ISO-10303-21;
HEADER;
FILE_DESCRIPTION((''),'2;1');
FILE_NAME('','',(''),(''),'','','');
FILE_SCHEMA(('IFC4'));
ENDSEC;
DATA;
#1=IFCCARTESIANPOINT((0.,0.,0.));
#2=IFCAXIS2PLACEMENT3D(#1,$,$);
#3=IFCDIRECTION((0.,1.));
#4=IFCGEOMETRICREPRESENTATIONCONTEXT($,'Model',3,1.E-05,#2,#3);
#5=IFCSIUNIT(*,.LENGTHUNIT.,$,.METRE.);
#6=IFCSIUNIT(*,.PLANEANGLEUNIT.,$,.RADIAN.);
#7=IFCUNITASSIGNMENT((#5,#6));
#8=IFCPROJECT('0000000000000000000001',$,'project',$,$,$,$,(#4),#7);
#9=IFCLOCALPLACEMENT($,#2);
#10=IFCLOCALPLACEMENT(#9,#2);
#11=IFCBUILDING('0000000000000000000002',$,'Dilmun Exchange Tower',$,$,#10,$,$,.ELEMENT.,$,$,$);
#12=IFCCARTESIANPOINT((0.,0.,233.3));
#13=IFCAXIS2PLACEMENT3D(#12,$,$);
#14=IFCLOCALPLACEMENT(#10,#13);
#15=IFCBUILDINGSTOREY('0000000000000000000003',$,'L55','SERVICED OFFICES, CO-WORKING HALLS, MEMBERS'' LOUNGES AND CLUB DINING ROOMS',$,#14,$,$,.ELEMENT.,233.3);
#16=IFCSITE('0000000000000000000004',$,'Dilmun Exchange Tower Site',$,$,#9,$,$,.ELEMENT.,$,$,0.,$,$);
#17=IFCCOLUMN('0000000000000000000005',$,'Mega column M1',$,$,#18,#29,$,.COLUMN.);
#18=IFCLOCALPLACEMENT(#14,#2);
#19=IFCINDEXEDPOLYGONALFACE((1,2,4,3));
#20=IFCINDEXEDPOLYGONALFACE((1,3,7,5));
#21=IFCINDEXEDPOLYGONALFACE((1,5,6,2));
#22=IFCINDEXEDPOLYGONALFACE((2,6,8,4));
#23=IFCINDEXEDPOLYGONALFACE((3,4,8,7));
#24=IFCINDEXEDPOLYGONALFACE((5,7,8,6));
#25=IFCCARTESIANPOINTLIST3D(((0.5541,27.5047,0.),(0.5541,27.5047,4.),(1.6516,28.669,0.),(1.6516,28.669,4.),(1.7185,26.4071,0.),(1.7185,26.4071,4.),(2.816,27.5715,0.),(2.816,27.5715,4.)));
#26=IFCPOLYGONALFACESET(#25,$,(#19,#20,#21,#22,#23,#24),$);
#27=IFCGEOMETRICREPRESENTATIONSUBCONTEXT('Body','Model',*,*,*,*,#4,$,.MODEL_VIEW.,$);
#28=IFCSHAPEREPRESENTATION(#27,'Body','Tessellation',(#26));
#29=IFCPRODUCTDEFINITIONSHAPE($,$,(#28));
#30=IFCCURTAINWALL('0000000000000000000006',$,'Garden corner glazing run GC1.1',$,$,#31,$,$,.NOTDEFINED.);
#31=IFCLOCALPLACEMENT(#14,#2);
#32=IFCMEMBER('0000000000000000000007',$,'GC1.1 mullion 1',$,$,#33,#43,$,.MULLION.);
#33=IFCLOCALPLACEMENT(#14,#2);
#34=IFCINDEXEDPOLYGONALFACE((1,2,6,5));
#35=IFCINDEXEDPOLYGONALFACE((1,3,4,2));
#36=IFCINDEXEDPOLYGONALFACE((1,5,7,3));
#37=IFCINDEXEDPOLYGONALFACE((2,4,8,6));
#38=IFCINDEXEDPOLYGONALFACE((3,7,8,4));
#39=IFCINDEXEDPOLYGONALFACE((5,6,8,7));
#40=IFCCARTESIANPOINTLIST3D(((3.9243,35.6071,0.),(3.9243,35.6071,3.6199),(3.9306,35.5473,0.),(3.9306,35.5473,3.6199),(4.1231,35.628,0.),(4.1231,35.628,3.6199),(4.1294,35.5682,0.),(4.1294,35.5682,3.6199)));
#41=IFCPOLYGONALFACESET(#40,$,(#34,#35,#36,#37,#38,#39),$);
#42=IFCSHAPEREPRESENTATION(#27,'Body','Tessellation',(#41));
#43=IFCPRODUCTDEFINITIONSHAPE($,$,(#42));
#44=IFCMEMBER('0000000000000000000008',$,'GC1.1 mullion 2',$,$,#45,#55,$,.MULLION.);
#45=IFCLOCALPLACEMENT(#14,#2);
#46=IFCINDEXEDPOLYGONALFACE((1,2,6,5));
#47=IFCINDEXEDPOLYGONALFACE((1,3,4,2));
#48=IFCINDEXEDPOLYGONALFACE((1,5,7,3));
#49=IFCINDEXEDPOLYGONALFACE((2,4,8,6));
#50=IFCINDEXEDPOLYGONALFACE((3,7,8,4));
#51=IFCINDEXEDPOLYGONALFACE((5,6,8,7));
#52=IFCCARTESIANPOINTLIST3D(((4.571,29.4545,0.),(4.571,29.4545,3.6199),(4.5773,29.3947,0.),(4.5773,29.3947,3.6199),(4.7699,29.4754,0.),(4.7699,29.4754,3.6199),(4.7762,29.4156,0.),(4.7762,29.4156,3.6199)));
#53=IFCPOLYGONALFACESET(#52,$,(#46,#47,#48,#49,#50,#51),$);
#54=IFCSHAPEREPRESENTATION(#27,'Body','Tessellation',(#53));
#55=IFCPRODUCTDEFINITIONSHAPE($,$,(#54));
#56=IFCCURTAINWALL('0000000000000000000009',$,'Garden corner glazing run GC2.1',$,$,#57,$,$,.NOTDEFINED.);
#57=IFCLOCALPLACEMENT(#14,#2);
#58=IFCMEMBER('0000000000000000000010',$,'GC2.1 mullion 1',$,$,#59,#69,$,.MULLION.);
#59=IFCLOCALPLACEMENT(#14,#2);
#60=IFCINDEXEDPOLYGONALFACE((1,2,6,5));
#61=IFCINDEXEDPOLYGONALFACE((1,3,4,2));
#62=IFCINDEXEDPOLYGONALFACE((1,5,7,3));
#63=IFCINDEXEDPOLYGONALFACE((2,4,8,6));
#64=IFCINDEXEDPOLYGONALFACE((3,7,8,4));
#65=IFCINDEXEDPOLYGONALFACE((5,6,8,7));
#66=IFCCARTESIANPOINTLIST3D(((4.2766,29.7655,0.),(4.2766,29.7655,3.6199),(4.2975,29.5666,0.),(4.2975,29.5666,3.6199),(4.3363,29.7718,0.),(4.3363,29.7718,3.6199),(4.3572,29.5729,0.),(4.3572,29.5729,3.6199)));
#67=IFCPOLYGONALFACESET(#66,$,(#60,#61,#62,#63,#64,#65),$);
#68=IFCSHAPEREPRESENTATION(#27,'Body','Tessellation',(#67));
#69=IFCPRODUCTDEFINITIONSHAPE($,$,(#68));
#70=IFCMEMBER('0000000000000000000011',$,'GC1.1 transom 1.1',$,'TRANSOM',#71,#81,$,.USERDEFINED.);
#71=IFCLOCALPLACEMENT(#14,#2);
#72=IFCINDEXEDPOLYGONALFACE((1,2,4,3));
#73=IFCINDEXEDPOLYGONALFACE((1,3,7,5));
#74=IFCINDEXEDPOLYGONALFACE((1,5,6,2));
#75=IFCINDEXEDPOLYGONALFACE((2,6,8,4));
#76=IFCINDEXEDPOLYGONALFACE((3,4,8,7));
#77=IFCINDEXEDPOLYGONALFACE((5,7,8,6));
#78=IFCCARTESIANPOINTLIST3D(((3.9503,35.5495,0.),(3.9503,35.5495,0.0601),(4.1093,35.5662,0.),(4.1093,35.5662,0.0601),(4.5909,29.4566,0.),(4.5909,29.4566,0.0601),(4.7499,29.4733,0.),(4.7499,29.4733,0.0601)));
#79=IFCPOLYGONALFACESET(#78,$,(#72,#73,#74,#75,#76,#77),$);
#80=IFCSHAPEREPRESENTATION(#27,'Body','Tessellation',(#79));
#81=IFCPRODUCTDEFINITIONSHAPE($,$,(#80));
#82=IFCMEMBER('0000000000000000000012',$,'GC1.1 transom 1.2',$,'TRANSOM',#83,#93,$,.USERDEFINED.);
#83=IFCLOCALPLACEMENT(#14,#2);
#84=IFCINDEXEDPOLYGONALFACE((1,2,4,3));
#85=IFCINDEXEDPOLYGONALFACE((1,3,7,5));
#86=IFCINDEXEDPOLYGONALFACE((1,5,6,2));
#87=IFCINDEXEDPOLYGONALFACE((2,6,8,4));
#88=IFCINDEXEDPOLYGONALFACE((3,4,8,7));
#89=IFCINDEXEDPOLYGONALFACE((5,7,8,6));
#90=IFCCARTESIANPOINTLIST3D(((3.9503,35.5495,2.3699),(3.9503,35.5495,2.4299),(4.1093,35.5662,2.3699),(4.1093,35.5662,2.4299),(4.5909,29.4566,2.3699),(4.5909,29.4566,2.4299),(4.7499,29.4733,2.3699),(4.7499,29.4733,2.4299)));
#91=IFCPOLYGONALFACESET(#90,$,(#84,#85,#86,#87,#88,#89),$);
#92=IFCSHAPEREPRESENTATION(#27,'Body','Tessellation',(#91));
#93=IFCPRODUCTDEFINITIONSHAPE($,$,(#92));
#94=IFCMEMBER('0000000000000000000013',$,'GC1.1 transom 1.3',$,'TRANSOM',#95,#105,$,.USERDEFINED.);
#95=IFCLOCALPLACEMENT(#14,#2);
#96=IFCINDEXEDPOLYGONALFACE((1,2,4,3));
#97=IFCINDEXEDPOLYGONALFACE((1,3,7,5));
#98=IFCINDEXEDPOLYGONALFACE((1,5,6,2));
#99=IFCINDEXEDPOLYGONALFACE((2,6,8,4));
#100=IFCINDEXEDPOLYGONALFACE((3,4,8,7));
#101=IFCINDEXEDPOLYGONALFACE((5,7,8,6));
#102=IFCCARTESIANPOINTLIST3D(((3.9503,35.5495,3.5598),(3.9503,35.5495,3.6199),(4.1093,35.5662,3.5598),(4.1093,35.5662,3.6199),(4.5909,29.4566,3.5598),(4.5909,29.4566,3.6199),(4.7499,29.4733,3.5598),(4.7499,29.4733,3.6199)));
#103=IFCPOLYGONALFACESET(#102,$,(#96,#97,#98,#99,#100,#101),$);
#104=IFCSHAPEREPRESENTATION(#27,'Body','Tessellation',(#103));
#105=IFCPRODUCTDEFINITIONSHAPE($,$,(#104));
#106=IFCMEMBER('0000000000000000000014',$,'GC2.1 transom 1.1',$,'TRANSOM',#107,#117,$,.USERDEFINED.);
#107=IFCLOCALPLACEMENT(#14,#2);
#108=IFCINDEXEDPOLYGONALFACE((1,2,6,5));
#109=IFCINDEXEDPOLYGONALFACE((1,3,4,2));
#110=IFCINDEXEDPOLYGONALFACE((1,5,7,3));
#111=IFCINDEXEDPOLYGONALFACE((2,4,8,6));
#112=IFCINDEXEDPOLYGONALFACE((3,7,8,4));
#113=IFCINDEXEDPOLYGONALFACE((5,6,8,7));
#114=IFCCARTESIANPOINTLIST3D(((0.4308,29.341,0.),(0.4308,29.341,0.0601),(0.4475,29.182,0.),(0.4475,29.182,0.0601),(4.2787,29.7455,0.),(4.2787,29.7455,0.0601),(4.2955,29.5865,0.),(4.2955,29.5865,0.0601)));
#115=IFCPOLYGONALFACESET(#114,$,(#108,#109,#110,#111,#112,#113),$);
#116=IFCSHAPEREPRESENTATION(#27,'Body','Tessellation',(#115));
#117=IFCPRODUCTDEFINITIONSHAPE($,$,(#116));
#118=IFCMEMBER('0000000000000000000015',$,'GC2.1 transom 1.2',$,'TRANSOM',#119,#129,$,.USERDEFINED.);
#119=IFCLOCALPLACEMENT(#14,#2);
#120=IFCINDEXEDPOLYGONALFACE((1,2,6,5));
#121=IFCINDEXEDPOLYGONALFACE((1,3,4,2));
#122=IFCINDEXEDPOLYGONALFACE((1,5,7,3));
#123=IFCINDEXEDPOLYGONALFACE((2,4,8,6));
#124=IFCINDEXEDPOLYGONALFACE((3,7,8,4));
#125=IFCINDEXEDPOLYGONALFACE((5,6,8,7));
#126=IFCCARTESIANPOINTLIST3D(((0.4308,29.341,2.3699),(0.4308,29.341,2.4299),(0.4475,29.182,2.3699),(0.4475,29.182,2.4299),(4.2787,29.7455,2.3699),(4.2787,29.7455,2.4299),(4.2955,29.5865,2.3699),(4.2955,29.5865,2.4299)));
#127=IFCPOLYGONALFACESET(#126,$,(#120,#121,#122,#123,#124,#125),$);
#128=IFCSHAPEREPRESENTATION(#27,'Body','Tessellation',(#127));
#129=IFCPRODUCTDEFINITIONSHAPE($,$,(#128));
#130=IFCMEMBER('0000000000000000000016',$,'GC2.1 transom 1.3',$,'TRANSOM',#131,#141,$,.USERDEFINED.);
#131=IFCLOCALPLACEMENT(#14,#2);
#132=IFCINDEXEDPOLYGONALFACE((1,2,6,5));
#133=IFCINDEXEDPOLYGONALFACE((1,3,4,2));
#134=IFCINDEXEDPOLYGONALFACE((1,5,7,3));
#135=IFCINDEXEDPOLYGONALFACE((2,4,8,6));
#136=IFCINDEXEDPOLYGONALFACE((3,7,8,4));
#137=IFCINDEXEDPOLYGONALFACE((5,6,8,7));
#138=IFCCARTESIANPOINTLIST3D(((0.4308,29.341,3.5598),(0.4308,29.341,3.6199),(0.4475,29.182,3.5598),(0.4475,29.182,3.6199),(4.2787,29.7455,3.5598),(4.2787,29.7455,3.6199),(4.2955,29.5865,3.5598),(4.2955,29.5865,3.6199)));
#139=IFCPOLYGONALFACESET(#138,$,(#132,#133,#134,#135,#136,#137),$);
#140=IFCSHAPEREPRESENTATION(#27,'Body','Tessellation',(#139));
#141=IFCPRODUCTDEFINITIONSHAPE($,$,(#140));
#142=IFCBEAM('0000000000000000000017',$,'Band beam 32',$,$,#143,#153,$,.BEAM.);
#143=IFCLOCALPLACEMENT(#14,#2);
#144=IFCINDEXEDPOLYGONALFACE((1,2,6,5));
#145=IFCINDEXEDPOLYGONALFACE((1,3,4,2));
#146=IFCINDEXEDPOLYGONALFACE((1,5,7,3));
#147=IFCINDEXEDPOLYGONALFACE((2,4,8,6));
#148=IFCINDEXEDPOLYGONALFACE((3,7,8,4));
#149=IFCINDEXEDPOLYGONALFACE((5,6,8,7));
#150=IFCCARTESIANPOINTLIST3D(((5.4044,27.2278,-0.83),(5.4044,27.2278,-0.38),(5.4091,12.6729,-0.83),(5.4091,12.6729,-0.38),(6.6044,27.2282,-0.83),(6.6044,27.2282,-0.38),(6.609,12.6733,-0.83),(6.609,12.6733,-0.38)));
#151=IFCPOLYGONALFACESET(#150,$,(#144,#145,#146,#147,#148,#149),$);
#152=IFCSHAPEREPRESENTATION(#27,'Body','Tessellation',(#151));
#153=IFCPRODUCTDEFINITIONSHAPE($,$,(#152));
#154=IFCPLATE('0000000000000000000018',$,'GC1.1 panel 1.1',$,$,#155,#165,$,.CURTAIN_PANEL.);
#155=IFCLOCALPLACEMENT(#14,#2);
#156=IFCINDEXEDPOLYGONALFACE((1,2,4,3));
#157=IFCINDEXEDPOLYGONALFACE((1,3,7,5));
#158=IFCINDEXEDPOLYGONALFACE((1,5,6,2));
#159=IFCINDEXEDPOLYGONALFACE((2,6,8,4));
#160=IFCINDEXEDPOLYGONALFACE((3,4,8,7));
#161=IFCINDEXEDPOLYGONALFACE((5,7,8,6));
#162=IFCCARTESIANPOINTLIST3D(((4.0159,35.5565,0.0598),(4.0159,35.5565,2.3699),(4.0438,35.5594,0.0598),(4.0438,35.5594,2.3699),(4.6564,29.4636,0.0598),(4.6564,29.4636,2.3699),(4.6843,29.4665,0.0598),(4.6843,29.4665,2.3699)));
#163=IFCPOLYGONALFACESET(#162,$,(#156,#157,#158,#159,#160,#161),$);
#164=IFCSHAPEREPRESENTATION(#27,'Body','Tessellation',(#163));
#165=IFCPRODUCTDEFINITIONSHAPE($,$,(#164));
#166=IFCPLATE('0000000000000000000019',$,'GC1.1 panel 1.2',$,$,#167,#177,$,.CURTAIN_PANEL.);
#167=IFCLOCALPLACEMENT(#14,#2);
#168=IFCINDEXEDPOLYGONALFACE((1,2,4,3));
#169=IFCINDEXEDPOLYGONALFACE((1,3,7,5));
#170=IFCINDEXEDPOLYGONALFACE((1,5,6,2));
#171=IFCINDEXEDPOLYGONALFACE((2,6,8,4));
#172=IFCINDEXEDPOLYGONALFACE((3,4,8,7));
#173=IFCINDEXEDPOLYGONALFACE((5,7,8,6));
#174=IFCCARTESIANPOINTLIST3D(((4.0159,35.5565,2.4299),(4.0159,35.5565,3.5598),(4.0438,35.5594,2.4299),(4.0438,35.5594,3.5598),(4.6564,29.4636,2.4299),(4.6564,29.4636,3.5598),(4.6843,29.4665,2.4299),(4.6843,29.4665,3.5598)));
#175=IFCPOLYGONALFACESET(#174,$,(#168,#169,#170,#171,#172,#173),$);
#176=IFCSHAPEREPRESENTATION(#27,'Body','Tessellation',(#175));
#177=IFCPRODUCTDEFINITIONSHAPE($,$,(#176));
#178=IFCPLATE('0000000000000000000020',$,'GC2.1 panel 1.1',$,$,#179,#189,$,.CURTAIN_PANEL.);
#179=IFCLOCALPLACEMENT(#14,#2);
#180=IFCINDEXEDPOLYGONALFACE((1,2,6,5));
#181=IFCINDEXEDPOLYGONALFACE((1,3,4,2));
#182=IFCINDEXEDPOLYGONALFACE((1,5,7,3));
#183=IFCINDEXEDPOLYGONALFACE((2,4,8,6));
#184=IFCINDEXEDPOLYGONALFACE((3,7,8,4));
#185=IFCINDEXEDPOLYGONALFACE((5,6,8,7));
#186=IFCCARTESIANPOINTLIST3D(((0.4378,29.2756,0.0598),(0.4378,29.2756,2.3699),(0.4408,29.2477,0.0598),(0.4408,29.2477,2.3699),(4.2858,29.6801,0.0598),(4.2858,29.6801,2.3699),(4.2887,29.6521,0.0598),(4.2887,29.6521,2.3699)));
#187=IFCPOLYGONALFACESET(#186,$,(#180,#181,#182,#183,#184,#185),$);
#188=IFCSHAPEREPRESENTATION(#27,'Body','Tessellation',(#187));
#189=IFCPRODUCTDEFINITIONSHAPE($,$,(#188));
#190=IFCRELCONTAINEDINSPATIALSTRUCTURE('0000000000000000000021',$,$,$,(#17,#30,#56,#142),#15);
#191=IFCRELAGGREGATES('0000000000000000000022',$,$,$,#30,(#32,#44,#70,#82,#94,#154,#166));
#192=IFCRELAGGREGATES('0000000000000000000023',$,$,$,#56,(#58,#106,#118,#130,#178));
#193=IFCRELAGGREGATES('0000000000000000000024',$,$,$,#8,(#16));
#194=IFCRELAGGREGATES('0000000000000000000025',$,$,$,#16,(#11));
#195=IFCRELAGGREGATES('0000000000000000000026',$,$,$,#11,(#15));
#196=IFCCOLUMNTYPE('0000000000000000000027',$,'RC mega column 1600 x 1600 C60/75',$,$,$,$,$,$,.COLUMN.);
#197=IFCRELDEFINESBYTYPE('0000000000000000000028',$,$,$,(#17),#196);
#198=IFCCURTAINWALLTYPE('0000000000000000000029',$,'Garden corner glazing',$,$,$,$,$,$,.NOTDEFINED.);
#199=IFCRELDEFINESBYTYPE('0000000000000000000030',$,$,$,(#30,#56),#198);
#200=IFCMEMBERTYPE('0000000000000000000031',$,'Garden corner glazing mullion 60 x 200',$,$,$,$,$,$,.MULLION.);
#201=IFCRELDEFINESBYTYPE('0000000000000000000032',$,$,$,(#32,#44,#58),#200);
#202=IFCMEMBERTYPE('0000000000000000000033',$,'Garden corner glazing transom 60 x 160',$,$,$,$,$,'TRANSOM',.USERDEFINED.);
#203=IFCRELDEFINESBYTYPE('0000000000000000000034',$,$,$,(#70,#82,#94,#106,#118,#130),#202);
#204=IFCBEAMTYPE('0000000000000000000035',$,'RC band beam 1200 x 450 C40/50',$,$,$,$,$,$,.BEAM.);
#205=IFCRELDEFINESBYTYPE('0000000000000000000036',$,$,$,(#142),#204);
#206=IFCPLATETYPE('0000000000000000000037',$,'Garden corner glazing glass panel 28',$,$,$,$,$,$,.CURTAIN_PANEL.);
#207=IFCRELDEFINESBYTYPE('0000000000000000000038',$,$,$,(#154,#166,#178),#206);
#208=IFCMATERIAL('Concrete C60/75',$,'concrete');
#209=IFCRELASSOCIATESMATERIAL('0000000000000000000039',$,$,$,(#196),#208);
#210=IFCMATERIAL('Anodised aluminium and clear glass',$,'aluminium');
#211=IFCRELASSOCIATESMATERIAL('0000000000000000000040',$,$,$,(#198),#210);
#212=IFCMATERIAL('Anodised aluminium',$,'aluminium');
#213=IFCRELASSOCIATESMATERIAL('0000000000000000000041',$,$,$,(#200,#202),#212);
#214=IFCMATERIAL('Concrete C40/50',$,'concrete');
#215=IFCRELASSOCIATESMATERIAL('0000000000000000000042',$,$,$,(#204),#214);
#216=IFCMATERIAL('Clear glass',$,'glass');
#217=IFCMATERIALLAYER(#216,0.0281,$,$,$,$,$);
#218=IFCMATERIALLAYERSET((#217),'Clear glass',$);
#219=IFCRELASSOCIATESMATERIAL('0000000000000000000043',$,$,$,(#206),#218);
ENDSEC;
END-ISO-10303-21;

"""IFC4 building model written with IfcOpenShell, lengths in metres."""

from ifc_helpers import new_model, si_unit, direction, frame, origin, origin_2d, place, context, subcontext, project, spatial, rectangle, extrude, material, layer, layer_set, material_profile, profile_set, type_object, element, aggregate, save


model = new_model("IFC4")

# Units and contexts
model_context = context("Model", 3, precision=1e-05, world=origin(), true_north=direction((0.0, 1.0)))
body_context = subcontext(model_context, "Body", "Model", "MODEL_VIEW")
ifc_project = project(units=[si_unit("LENGTHUNIT", "METRE"), si_unit("PLANEANGLEUNIT", "RADIAN")], contexts=[model_context])

# Site, building, storey
site_placement = place(None, origin())
site = spatial("IfcSite", under=ifc_project, at=site_placement, Name="Dilmun Exchange Tower Site", CompositionType="ELEMENT", RefElevation=0.0)
building_placement = place(site_placement, origin())
building = spatial("IfcBuilding", under=site, at=building_placement, Name="Dilmun Exchange Tower", CompositionType="ELEMENT")
storey_placement = place(building_placement, frame((0.0, 0.0, 233.3)))
storey = spatial("IfcBuildingStorey", under=building, at=storey_placement, Name="L55", Description="SERVICED OFFICES, CO-WORKING HALLS, MEMBERS' LOUNGES AND CLUB DINING ROOMS", CompositionType="ELEMENT", Elevation=233.3)

# Column
ifc_material_1 = material(Name="Concrete C60/75", Category="concrete")
ifc_material_profile_1 = material_profile(ifc_material_1, rectangle(XDim=1.6001, YDim=1.6001, at=origin_2d()), Name="1600 x 1600")
ifc_profile_set_1 = profile_set([ifc_material_profile_1], Name="Concrete C60/75")
column_type = type_object("IfcColumnType", Name="RC mega column 1600 x 1600 C60/75", PredefinedType="COLUMN", material=ifc_profile_set_1)
column_placement = place(storey_placement, frame((1.6851, 27.5381, 0.0), z_axis=(0.0, 0.0, 1.0), x_axis=(0.685916, 0.727681, 0.0)))
element("IfcColumn", 1, at=column_placement, inside=storey, type_object=column_type, Name="Mega column M1", PredefinedType="COLUMN", context=body_context, shape_type="SweptSolid", body=[
    extrude(rectangle(XDim=1.6001, YDim=1.6001, at=origin_2d()), origin(), (0.0, 0.0, 1.0), 4.0),
])

# Curtain wall, members
ifc_material_2 = material(Name="Anodised aluminium and clear glass", Category="aluminium")
curtain_wall_type = type_object("IfcCurtainWallType", Name="Garden corner glazing", PredefinedType="NOTDEFINED", material=ifc_material_2)
curtain_wall_1_placement = place(storey_placement, origin())
curtain_wall_1 = element("IfcCurtainWall", 2, at=curtain_wall_1_placement, inside=storey, type_object=curtain_wall_type, Name="Garden corner glazing run GC1.1", PredefinedType="NOTDEFINED")
ifc_material_3 = material(Name="Anodised aluminium", Category="aluminium")
ifc_material_profile_2 = material_profile(ifc_material_3, rectangle(XDim=0.2, YDim=0.0601, at=origin_2d()), Name="AL 60x200")
ifc_profile_set_2 = profile_set([ifc_material_profile_2], Name="Anodised aluminium")
member_type_1 = type_object("IfcMemberType", Name="Garden corner glazing mullion 60 x 200", PredefinedType="MULLION", material=ifc_profile_set_2)
member_1_placement = place(storey_placement, frame((4.0269, 35.5876, 0.0), z_axis=(0.0, 0.0, 1.0), x_axis=(0.994521, 0.10454, 0.0)))
member_1 = element("IfcMember", 3, at=member_1_placement, type_object=member_type_1, Name="GC1.1 mullion 1", PredefinedType="MULLION", context=body_context, shape_type="SweptSolid", body=[
    extrude(rectangle(XDim=0.2, YDim=0.0601, at=origin_2d()), origin(), (0.0, 0.0, 1.0), 3.6199),
])
member_2_placement = place(storey_placement, frame((4.6736, 29.4351, 0.0), z_axis=(0.0, 0.0, 1.0), x_axis=(0.994521, 0.10454, 0.0)))
member_2 = element("IfcMember", 4, at=member_2_placement, type_object=member_type_1, Name="GC1.1 mullion 2", PredefinedType="MULLION", context=body_context, shape_type="SweptSolid", body=[
    extrude(rectangle(XDim=0.2, YDim=0.0601, at=origin_2d()), origin(), (0.0, 0.0, 1.0), 3.6199),
])

# Curtain wall, member
curtain_wall_2_placement = place(storey_placement, origin())
curtain_wall_2 = element("IfcCurtainWall", 5, at=curtain_wall_2_placement, inside=storey, type_object=curtain_wall_type, Name="Garden corner glazing run GC2.1", PredefinedType="NOTDEFINED")
member_3_placement = place(storey_placement, frame((4.3169, 29.6692, 0.0), z_axis=(0.0, 0.0, 1.0), x_axis=(0.104536, -0.994521, 0.0)))
member_3 = element("IfcMember", 6, at=member_3_placement, type_object=member_type_1, Name="GC2.1 mullion 1", PredefinedType="MULLION", context=body_context, shape_type="SweptSolid", body=[
    extrude(rectangle(XDim=0.2, YDim=0.0601, at=origin_2d()), origin(), (0.0, 0.0, 1.0), 3.6199),
])

# Members
ifc_material_profile_3 = material_profile(ifc_material_3, rectangle(XDim=0.1599, YDim=0.0601, at=origin_2d()), Name="AL 60x160")
ifc_profile_set_3 = profile_set([ifc_material_profile_3], Name="Anodised aluminium")
member_type_2 = type_object("IfcMemberType", Name="Garden corner glazing transom 60 x 160", ElementType="TRANSOM", PredefinedType="USERDEFINED", material=ifc_profile_set_3)
member_4_placement = place(storey_placement, frame((4.0298, 35.5579, 0.03), z_axis=(0.104569, -0.994518, 0.0), x_axis=(0.994518, 0.104569, 0.0)))
member_4 = element("IfcMember", 7, at=member_4_placement, type_object=member_type_2, Name="GC1.1 transom 1.1", ObjectType="TRANSOM", PredefinedType="USERDEFINED", context=body_context, shape_type="SweptSolid", body=[
    extrude(rectangle(XDim=0.1599, YDim=0.0601, at=origin_2d()), origin(), (0.0, 0.0, 1.0), 6.1265),
])
member_5_placement = place(storey_placement, frame((4.0298, 35.5579, 2.3999), z_axis=(0.104569, -0.994518, 0.0), x_axis=(0.994518, 0.104569, 0.0)))
member_5 = element("IfcMember", 8, at=member_5_placement, type_object=member_type_2, Name="GC1.1 transom 1.2", ObjectType="TRANSOM", PredefinedType="USERDEFINED", context=body_context, shape_type="SweptSolid", body=[
    extrude(rectangle(XDim=0.1599, YDim=0.0601, at=origin_2d()), origin(), (0.0, 0.0, 1.0), 6.1265),
])
member_6_placement = place(storey_placement, frame((4.0298, 35.5579, 3.5898), z_axis=(0.104569, -0.994518, 0.0), x_axis=(0.994518, 0.104569, 0.0)))
member_6 = element("IfcMember", 9, at=member_6_placement, type_object=member_type_2, Name="GC1.1 transom 1.3", ObjectType="TRANSOM", PredefinedType="USERDEFINED", context=body_context, shape_type="SweptSolid", body=[
    extrude(rectangle(XDim=0.1599, YDim=0.0601, at=origin_2d()), origin(), (0.0, 0.0, 1.0), 6.1265),
])
member_7_placement = place(storey_placement, frame((4.2871, 29.666, 0.03), z_axis=(-0.994519, -0.104557, 0.0), x_axis=(0.104557, -0.994519, 0.0)))
member_7 = element("IfcMember", 10, at=member_7_placement, type_object=member_type_2, Name="GC2.1 transom 1.1", ObjectType="TRANSOM", PredefinedType="USERDEFINED", context=body_context, shape_type="SweptSolid", body=[
    extrude(rectangle(XDim=0.1599, YDim=0.0601, at=origin_2d()), origin(), (0.0, 0.0, 1.0), 3.8691),
])
member_8_placement = place(storey_placement, frame((4.2871, 29.666, 2.3999), z_axis=(-0.994519, -0.104557, 0.0), x_axis=(0.104557, -0.994519, 0.0)))
member_8 = element("IfcMember", 11, at=member_8_placement, type_object=member_type_2, Name="GC2.1 transom 1.2", ObjectType="TRANSOM", PredefinedType="USERDEFINED", context=body_context, shape_type="SweptSolid", body=[
    extrude(rectangle(XDim=0.1599, YDim=0.0601, at=origin_2d()), origin(), (0.0, 0.0, 1.0), 3.8691),
])
member_9_placement = place(storey_placement, frame((4.2871, 29.666, 3.5898), z_axis=(-0.994519, -0.104557, 0.0), x_axis=(0.104557, -0.994519, 0.0)))
member_9 = element("IfcMember", 12, at=member_9_placement, type_object=member_type_2, Name="GC2.1 transom 1.3", ObjectType="TRANSOM", PredefinedType="USERDEFINED", context=body_context, shape_type="SweptSolid", body=[
    extrude(rectangle(XDim=0.1599, YDim=0.0601, at=origin_2d()), origin(), (0.0, 0.0, 1.0), 3.8691),
])

# Beam
ifc_material_4 = material(Name="Concrete C40/50", Category="concrete")
ifc_material_profile_4 = material_profile(ifc_material_4, rectangle(XDim=1.2, YDim=0.45, at=origin_2d()), Name="1200 x 450")
ifc_profile_set_4 = profile_set([ifc_material_profile_4], Name="Concrete C40/50")
beam_type = type_object("IfcBeamType", Name="RC band beam 1200 x 450 C40/50", PredefinedType="BEAM", material=ifc_profile_set_4)
beam_placement = place(storey_placement, frame((6.0044, 27.228, -0.605), z_axis=(0.000319, -1.0, 0.0), x_axis=(1.0, 0.000319, 0.0)))
element("IfcBeam", 13, at=beam_placement, inside=storey, type_object=beam_type, Name="Band beam 32", PredefinedType="BEAM", context=body_context, shape_type="SweptSolid", body=[
    extrude(rectangle(XDim=1.2, YDim=0.45, at=origin_2d()), origin(), (0.0, 0.0, 1.0), 14.5549),
])

# Plates
ifc_material_5 = material(Name="Clear glass", Category="glass")
ifc_layer = layer(ifc_material_5, 0.0281)
ifc_layer_set = layer_set([ifc_layer], Name="Clear glass")
plate_type = type_object("IfcPlateType", Name="Garden corner glazing glass panel 28", PredefinedType="CURTAIN_PANEL", material=ifc_layer_set)
plate_1_placement = place(storey_placement, frame((4.3501, 32.5115, 0.0598), z_axis=(0.0, 0.0, 1.0), x_axis=(0.10454, -0.994521, 0.0)))
plate_1 = element("IfcPlate", 14, at=plate_1_placement, type_object=plate_type, Name="GC1.1 panel 1.1", PredefinedType="CURTAIN_PANEL", context=body_context, shape_type="SweptSolid", body=[
    extrude(rectangle(XDim=6.1265, YDim=0.0281, at=origin_2d()), origin(), (0.0, 0.0, 1.0), 2.3101),
])
plate_2_placement = place(storey_placement, frame((4.3501, 32.5115, 2.4299), z_axis=(0.0, 0.0, 1.0), x_axis=(0.10454, -0.994521, 0.0)))
plate_2 = element("IfcPlate", 15, at=plate_2_placement, type_object=plate_type, Name="GC1.1 panel 1.2", PredefinedType="CURTAIN_PANEL", context=body_context, shape_type="SweptSolid", body=[
    extrude(rectangle(XDim=6.1265, YDim=0.0281, at=origin_2d()), origin(), (0.0, 0.0, 1.0), 1.1299),
])
aggregate(curtain_wall_1, [member_1, member_2, member_4, member_5, member_6, plate_1, plate_2])
plate_3_placement = place(storey_placement, frame((2.3633, 29.4639, 0.0598), z_axis=(0.0, 0.0, 1.0), x_axis=(-0.994521, -0.104536, 0.0)))
plate_3 = element("IfcPlate", 16, at=plate_3_placement, type_object=plate_type, Name="GC2.1 panel 1.1", PredefinedType="CURTAIN_PANEL", context=body_context, shape_type="SweptSolid", body=[
    extrude(rectangle(XDim=3.8691, YDim=0.0281, at=origin_2d()), origin(), (0.0, 0.0, 1.0), 2.3101),
])
aggregate(curtain_wall_2, [member_3, member_7, member_8, member_9, plate_3])

save(model, "model.ifc")
